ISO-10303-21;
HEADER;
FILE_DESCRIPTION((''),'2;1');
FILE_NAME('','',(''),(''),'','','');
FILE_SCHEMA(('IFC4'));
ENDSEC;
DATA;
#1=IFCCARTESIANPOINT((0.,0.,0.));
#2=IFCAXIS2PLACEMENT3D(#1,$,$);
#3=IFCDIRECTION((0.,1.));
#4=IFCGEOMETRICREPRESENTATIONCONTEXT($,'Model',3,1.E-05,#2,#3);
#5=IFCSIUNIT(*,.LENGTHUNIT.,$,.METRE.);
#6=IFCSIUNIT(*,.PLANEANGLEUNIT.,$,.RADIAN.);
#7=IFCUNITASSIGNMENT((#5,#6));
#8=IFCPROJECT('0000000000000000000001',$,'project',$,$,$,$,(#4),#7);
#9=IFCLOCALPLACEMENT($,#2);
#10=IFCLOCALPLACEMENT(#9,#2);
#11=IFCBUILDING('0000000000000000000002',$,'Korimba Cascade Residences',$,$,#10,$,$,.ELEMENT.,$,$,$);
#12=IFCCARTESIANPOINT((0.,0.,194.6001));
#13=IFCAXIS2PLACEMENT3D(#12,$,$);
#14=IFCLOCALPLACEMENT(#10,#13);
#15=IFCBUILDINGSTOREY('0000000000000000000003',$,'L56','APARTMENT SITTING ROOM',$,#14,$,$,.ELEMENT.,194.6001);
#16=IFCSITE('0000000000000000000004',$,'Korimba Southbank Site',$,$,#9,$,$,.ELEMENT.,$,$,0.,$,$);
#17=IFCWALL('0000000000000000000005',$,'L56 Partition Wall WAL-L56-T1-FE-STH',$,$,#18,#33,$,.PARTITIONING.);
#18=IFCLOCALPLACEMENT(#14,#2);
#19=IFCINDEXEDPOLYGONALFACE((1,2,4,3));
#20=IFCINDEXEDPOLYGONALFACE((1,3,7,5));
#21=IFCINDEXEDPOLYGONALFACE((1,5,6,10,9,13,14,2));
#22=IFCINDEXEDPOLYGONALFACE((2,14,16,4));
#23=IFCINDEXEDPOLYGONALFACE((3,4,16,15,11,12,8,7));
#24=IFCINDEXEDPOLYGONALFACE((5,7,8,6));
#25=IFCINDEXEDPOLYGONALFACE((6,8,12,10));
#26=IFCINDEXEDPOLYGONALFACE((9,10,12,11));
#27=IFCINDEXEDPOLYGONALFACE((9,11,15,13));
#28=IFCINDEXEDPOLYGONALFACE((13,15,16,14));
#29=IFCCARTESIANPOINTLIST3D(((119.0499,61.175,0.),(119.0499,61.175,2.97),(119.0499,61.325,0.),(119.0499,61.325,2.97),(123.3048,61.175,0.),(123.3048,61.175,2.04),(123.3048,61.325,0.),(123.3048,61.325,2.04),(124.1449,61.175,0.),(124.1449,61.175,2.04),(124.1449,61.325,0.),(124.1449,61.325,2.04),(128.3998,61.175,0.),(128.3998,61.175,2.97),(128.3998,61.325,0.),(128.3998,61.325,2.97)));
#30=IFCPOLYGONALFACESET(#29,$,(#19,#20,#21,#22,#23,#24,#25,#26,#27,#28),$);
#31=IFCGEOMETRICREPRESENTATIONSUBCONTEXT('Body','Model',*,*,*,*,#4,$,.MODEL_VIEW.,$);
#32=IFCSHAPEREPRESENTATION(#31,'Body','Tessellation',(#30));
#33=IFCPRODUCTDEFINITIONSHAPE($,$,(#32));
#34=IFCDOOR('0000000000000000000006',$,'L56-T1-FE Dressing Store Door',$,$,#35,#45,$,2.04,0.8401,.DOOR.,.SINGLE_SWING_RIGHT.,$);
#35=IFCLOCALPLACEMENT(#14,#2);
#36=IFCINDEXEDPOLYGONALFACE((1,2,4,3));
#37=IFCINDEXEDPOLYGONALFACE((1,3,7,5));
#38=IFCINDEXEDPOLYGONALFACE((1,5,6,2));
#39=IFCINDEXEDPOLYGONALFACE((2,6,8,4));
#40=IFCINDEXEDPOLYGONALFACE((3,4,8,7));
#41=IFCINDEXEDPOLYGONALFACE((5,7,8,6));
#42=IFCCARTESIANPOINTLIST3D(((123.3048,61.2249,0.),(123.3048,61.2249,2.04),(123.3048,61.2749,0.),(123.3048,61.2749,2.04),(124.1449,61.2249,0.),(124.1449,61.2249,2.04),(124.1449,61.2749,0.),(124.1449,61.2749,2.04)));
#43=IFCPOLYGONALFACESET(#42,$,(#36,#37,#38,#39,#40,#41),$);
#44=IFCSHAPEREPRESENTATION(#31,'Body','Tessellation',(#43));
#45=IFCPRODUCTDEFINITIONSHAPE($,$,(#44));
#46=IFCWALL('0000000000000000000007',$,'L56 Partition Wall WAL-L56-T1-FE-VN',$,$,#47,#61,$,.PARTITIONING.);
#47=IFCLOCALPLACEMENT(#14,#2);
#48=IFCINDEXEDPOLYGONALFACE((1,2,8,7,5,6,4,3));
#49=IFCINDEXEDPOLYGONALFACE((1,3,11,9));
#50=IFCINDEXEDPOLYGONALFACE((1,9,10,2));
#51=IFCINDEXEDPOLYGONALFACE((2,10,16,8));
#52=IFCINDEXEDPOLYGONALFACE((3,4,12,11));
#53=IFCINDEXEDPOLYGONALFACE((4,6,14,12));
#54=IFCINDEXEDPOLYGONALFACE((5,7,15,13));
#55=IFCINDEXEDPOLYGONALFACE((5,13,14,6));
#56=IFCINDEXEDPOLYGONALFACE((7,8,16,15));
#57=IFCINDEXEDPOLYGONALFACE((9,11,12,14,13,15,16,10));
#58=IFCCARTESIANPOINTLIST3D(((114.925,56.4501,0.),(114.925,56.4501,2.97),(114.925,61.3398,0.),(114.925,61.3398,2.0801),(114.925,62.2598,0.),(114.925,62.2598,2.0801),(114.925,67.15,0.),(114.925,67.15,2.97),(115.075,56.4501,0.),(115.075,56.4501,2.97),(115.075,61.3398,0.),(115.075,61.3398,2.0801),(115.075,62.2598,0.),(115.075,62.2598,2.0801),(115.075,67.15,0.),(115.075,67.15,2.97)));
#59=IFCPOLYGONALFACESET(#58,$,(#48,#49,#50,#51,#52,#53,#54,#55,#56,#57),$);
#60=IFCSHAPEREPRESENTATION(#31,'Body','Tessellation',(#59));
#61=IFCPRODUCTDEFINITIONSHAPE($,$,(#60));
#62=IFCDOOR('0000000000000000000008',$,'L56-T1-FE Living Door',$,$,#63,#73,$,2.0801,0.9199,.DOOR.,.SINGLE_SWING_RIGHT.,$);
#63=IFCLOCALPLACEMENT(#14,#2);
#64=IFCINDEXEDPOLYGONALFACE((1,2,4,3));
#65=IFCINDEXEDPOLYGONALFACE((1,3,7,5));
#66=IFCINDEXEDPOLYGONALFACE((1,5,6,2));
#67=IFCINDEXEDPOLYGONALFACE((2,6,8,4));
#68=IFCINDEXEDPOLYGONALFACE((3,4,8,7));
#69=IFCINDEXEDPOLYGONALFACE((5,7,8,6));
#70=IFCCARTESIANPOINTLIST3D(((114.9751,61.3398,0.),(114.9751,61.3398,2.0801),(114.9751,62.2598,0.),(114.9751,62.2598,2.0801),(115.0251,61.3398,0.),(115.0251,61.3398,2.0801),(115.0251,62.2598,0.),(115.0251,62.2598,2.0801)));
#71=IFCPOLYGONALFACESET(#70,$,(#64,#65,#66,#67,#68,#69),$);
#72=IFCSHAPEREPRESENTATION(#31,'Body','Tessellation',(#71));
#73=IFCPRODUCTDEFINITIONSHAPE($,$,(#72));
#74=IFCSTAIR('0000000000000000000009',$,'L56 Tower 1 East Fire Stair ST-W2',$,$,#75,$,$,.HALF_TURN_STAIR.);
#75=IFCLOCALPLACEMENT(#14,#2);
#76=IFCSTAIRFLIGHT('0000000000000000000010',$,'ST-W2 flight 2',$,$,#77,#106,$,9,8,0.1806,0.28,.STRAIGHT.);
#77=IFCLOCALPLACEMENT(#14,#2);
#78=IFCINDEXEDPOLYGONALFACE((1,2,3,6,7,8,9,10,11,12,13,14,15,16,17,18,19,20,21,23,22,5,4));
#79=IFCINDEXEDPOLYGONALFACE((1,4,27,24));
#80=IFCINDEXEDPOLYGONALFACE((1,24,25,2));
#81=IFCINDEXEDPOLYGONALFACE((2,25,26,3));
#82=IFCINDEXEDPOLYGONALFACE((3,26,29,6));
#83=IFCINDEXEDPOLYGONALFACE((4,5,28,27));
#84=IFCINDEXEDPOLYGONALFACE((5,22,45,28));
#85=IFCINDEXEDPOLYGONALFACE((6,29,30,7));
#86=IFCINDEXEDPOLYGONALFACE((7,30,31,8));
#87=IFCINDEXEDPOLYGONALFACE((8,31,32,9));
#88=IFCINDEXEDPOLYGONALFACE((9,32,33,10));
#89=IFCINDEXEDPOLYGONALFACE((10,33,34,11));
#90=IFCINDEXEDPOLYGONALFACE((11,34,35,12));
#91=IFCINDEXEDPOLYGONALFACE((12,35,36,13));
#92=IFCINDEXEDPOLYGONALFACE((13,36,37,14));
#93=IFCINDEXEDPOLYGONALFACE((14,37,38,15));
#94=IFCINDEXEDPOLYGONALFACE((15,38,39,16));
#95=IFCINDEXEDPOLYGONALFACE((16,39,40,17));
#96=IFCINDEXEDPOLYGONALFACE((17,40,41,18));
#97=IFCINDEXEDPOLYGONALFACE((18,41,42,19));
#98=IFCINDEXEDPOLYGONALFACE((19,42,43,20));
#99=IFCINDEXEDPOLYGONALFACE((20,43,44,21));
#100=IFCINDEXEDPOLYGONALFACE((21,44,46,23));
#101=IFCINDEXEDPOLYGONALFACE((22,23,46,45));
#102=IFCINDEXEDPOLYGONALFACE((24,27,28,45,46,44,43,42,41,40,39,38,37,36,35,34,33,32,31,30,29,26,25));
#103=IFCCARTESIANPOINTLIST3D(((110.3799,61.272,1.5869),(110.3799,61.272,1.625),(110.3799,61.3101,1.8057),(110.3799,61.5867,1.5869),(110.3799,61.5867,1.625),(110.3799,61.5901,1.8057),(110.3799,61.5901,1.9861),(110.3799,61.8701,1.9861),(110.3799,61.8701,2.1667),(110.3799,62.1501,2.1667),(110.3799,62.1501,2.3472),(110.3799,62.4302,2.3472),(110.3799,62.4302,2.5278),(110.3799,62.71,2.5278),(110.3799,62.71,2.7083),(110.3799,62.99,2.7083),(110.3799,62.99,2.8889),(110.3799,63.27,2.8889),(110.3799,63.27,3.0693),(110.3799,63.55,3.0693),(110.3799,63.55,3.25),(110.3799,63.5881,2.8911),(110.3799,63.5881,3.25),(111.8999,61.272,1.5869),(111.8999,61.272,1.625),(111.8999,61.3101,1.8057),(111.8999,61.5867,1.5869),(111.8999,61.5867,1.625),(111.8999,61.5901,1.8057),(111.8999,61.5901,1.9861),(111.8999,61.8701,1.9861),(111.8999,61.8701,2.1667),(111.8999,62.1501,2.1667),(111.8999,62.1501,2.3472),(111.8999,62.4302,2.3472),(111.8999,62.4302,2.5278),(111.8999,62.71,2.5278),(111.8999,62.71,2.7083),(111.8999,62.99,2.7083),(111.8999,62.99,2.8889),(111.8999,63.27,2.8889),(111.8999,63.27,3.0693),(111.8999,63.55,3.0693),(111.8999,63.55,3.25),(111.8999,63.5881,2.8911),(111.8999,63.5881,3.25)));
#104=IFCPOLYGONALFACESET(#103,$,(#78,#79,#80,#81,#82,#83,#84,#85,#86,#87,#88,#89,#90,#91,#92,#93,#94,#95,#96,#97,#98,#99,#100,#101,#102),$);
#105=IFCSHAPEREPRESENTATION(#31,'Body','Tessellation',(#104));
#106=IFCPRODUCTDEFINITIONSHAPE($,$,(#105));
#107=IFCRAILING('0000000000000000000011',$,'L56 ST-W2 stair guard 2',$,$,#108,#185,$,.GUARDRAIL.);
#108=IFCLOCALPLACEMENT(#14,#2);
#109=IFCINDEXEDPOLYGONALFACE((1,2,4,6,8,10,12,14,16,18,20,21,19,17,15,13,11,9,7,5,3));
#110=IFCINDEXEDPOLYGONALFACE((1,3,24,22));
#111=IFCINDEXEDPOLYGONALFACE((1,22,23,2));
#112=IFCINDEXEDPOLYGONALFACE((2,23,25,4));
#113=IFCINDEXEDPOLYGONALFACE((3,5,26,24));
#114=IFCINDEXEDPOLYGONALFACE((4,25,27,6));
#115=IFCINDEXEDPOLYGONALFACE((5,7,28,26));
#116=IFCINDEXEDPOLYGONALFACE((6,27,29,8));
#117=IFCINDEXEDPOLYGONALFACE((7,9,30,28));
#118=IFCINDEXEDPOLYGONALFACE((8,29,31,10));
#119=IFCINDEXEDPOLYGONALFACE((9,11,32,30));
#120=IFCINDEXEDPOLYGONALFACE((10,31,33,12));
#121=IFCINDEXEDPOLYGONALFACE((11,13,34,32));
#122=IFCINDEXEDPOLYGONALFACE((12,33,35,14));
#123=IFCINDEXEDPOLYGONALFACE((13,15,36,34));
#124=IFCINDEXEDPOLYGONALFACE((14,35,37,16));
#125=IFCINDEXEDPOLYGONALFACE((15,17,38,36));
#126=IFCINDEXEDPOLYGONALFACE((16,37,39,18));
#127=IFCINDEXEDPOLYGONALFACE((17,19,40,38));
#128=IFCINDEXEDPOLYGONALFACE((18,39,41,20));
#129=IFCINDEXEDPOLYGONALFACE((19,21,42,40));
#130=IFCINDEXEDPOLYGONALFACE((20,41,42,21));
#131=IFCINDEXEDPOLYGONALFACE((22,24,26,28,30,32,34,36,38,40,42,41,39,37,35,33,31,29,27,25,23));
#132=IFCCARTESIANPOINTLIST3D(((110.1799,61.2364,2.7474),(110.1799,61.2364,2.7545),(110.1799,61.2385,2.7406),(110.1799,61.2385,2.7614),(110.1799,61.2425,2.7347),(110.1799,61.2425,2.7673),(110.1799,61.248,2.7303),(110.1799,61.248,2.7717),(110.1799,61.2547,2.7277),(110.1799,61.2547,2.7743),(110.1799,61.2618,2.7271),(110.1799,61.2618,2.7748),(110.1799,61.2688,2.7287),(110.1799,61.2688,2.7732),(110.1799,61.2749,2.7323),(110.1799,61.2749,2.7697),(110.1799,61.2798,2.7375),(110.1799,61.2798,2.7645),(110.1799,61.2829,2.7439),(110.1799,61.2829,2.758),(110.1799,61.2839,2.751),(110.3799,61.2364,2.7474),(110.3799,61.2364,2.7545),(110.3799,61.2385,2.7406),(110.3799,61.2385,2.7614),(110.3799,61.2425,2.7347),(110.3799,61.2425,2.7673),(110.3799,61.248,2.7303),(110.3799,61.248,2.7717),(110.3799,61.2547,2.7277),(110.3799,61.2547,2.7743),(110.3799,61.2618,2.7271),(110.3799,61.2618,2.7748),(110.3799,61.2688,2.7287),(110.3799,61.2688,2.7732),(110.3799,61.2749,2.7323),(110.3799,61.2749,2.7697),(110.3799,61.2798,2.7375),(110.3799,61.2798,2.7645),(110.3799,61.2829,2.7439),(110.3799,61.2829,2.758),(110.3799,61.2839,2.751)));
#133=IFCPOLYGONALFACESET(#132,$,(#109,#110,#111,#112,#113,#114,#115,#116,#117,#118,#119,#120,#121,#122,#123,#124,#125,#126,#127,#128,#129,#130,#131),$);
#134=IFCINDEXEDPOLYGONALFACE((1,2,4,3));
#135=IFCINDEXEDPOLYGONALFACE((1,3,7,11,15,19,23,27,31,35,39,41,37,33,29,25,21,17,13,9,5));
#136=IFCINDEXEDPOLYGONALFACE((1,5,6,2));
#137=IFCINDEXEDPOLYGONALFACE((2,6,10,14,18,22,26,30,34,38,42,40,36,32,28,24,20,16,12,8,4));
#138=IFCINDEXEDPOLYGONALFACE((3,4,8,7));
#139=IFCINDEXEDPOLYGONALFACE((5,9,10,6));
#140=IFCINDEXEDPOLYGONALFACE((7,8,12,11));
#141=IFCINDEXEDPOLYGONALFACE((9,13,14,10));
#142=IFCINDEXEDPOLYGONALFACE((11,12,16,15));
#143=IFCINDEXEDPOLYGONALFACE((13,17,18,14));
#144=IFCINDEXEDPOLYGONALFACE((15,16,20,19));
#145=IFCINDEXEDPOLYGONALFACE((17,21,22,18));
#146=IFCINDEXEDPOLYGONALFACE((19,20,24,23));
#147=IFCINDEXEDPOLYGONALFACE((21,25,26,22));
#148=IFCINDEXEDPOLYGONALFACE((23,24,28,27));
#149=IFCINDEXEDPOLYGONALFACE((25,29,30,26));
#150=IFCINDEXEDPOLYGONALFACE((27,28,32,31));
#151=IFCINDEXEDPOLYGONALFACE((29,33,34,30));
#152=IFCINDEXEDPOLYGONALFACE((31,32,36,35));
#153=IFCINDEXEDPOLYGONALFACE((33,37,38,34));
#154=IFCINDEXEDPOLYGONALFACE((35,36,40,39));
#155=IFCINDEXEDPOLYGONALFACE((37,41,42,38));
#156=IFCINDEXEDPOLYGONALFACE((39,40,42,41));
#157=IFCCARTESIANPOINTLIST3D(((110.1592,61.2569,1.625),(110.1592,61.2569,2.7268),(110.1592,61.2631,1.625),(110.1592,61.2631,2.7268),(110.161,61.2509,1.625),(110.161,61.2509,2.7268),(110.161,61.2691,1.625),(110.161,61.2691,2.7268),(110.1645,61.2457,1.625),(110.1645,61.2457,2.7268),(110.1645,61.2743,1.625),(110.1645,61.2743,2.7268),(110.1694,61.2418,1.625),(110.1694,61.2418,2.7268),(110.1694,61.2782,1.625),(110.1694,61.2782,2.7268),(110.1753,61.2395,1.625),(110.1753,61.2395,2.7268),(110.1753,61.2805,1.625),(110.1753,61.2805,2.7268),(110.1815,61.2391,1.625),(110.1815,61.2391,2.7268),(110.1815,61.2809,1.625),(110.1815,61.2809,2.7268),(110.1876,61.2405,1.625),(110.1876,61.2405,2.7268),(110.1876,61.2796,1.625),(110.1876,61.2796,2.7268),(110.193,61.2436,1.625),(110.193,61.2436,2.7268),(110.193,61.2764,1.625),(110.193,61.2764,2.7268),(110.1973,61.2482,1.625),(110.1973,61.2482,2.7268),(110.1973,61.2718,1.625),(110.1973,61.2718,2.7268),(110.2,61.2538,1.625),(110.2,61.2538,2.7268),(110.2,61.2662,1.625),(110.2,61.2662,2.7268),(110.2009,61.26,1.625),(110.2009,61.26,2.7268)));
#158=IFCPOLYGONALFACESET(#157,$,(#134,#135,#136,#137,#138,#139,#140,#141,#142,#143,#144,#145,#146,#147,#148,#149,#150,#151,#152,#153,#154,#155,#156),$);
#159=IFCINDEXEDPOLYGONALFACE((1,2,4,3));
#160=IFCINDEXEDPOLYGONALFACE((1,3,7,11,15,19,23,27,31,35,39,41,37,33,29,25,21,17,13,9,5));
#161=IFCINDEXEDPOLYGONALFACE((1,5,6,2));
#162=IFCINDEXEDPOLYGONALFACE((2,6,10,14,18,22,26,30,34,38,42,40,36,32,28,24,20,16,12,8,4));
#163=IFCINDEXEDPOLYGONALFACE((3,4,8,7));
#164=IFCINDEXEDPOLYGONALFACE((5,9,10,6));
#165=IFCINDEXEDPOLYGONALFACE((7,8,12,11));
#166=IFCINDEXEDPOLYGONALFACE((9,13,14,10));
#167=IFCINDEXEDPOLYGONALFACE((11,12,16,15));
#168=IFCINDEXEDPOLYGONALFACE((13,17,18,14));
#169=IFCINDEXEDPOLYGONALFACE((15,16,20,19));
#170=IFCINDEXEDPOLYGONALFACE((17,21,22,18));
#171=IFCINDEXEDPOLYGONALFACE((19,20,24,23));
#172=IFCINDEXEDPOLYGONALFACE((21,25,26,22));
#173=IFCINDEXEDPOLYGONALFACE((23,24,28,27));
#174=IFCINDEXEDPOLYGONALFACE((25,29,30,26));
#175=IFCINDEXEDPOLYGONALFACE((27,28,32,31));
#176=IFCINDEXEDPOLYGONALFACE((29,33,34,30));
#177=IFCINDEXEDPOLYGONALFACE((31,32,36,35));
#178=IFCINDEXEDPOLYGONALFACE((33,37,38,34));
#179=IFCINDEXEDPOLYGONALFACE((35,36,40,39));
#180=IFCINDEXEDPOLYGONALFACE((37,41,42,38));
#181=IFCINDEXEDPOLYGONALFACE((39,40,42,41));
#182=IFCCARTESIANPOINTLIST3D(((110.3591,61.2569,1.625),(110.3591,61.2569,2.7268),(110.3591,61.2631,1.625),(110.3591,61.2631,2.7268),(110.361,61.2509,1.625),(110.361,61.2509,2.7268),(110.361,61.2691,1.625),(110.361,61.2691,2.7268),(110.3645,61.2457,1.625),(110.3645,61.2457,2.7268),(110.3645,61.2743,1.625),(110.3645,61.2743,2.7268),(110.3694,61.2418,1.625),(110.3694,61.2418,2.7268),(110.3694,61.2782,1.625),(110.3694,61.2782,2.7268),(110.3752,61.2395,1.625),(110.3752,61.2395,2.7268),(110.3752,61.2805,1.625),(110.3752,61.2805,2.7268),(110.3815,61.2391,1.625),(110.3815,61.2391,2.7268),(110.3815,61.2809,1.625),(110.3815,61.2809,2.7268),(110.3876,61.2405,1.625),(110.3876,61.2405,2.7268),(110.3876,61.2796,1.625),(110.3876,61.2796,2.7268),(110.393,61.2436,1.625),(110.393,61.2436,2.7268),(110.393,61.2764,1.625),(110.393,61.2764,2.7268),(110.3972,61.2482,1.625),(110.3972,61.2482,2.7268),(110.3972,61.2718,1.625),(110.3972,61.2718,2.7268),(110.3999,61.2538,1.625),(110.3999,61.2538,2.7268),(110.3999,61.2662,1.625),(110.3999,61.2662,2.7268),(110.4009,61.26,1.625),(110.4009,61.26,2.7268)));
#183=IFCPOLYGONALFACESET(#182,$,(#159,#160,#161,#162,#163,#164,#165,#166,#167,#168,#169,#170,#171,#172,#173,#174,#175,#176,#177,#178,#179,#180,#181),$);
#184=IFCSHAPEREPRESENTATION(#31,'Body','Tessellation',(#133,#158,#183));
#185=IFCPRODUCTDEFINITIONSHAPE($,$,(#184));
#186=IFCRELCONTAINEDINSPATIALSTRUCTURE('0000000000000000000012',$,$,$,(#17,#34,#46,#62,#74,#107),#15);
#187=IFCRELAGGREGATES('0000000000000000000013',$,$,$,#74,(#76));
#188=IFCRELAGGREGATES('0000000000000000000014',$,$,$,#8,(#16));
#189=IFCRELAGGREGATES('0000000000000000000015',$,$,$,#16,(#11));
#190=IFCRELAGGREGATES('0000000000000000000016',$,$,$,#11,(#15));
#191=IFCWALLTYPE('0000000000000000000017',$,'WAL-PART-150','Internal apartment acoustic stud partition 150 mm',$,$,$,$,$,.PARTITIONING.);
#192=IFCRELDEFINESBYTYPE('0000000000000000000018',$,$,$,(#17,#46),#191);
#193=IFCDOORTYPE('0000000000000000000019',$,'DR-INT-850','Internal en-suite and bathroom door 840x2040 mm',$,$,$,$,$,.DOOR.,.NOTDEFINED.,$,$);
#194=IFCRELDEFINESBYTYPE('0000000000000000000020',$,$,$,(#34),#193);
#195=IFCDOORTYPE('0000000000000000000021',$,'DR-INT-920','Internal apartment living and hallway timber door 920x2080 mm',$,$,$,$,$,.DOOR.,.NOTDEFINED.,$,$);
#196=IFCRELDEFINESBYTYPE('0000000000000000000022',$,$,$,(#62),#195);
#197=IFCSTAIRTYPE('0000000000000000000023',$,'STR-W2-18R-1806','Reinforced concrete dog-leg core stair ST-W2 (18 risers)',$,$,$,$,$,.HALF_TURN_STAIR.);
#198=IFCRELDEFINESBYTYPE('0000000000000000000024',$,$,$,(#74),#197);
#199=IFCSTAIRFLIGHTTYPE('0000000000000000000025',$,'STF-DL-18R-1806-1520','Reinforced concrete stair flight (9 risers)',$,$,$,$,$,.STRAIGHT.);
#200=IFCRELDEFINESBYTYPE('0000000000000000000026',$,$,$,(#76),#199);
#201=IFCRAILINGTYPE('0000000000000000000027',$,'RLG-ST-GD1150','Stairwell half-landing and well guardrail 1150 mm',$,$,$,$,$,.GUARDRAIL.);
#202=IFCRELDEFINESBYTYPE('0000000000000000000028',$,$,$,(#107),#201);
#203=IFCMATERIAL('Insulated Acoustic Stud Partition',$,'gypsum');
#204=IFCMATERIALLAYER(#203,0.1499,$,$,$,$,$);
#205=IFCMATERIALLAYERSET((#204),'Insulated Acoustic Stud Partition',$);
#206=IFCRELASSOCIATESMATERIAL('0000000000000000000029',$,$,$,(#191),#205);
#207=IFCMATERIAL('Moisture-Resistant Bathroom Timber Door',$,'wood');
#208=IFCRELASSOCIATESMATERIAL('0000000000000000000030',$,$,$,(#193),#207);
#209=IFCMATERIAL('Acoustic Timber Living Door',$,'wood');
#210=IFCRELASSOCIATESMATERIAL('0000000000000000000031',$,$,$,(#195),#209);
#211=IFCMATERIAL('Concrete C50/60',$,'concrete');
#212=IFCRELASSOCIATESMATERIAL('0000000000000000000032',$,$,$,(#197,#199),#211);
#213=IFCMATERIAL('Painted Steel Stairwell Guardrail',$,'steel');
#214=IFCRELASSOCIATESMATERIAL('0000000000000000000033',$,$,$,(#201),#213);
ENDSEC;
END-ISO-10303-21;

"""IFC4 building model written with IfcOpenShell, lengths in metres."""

from ifc_helpers import new_model, si_unit, direction, frame, frame_2d, origin, origin_2d, place, context, subcontext, project, spatial, polyline, rectangle, circle, outline, extrude, material, layer, layer_set, type_object, element, fill, aggregate, save


model = new_model("IFC4")

# Units and contexts
model_context = context("Model", 3, precision=1e-05, world=origin(), true_north=direction((0.0, 1.0)))
body_context = subcontext(model_context, "Body", "Model", "MODEL_VIEW")
ifc_project = project(units=[si_unit("LENGTHUNIT", "METRE"), si_unit("PLANEANGLEUNIT", "RADIAN")], contexts=[model_context])

# Site, building, storey
site_placement = place(None, origin())
site = spatial("IfcSite", under=ifc_project, at=site_placement, Name="Korimba Southbank Site", CompositionType="ELEMENT", RefElevation=0.0)
building_placement = place(site_placement, origin())
building = spatial("IfcBuilding", under=site, at=building_placement, Name="Korimba Cascade Residences", CompositionType="ELEMENT")
storey_placement = place(building_placement, frame((0.0, 0.0, 194.6001)))
storey = spatial("IfcBuildingStorey", under=building, at=storey_placement, Name="L56", Description="APARTMENT SITTING ROOM", CompositionType="ELEMENT", Elevation=194.6001)

# Walls, openings, doors
ifc_material_1 = material(Name="Insulated Acoustic Stud Partition", Category="gypsum")
ifc_layer_1 = layer(ifc_material_1, 0.1499)
ifc_layer_set_1 = layer_set([ifc_layer_1], Name="Insulated Acoustic Stud Partition")
wall_type_1 = type_object("IfcWallType", Name="WAL-PART-150", Description="Internal apartment acoustic stud partition 150 mm", PredefinedType="PARTITIONING", material=ifc_layer_set_1)
wall_1_placement = place(storey_placement, frame((119.05, 61.25, 0.0), z_axis=(0.0, 0.0, 1.0), x_axis=(1.0, 0.0, 0.0)))
wall_1 = element("IfcWall", 1, at=wall_1_placement, inside=storey, type_object=wall_type_1, Name="L56 Partition Wall WAL-L56-T1-FE-STH", PredefinedType="PARTITIONING", context=body_context, shape_type="SweptSolid", body=[
    extrude(rectangle(XDim=9.3499, YDim=0.1499, at=frame_2d((4.6748, 0.0))), origin(), (0.0, 0.0, 1.0), 2.97),
])
opening_1_placement = place(wall_1_placement, frame((4.2549, 0.0, 0.0)))
opening_1 = element("IfcOpeningElement", 2, at=opening_1_placement, cuts=wall_1, PredefinedType="OPENING", context=body_context, shape_type="SweptSolid", body=[
    extrude(rectangle(XDim=0.8401, YDim=2.04, at=frame_2d((0.4199, 1.02))), frame((0.0, 0.085, 0.0), z_axis=(0.0, -1.0, 0.0), x_axis=(1.0, 0.0, 0.0)), (0.0, 0.0, 1.0), 0.1699),
])
ifc_material_2 = material(Name="Moisture-Resistant Bathroom Timber Door", Category="wood")
door_type_1 = type_object("IfcDoorType", Name="DR-INT-850", Description="Internal en-suite and bathroom door 840x2040 mm", OperationType="NOTDEFINED", PredefinedType="DOOR", material=ifc_material_2)
door_1_placement = place(opening_1_placement, origin())
door_1 = element("IfcDoor", 3, at=door_1_placement, inside=storey, type_object=door_type_1, Name="L56-T1-FE Dressing Store Door", OperationType="SINGLE_SWING_RIGHT", OverallHeight=2.04, OverallWidth=0.8401, PredefinedType="DOOR", context=body_context, shape_type="SweptSolid", body=[
    extrude(rectangle(XDim=0.8401, YDim=2.04, at=frame_2d((0.4199, 1.02))), frame((0.0, 0.0249, 0.0), z_axis=(0.0, -1.0, 0.0), x_axis=(1.0, 0.0, 0.0)), (0.0, 0.0, 1.0), 0.05),
])
fill(opening_1, door_1)
wall_2_placement = place(storey_placement, frame((115.0, 56.45, 0.0), z_axis=(0.0, 0.0, 1.0), x_axis=(0.0, 1.0, 0.0)))
wall_2 = element("IfcWall", 4, at=wall_2_placement, inside=storey, type_object=wall_type_1, Name="L56 Partition Wall WAL-L56-T1-FE-VN", PredefinedType="PARTITIONING", context=body_context, shape_type="SweptSolid", body=[
    extrude(rectangle(XDim=10.7, YDim=0.1499, at=frame_2d((5.3501, 0.0))), origin(), (0.0, 0.0, 1.0), 2.97),
])
opening_2_placement = place(wall_2_placement, frame((4.8899, 0.0, 0.0)))
opening_2 = element("IfcOpeningElement", 5, at=opening_2_placement, cuts=wall_2, PredefinedType="OPENING", context=body_context, shape_type="SweptSolid", body=[
    extrude(rectangle(XDim=0.9199, YDim=2.0801, at=frame_2d((0.46, 1.04))), frame((0.0, 0.085, 0.0), z_axis=(0.0, -1.0, 0.0), x_axis=(1.0, 0.0, 0.0)), (0.0, 0.0, 1.0), 0.1699),
])
ifc_material_3 = material(Name="Acoustic Timber Living Door", Category="wood")
door_type_2 = type_object("IfcDoorType", Name="DR-INT-920", Description="Internal apartment living and hallway timber door 920x2080 mm", OperationType="NOTDEFINED", PredefinedType="DOOR", material=ifc_material_3)
door_2_placement = place(opening_2_placement, origin())
door_2 = element("IfcDoor", 6, at=door_2_placement, inside=storey, type_object=door_type_2, Name="L56-T1-FE Living Door", OperationType="SINGLE_SWING_RIGHT", OverallHeight=2.0801, OverallWidth=0.9199, PredefinedType="DOOR", context=body_context, shape_type="SweptSolid", body=[
    extrude(rectangle(XDim=0.9199, YDim=2.0801, at=frame_2d((0.46, 1.04))), frame((0.0, 0.0249, 0.0), z_axis=(0.0, -1.0, 0.0), x_axis=(1.0, 0.0, 0.0)), (0.0, 0.0, 1.0), 0.05),
])
fill(opening_2, door_2)

# Stair, stair flight
ifc_material_4 = material(Name="Concrete C50/60", Category="concrete")
stair_type = type_object("IfcStairType", Name="STR-W2-18R-1806", Description="Reinforced concrete dog-leg core stair ST-W2 (18 risers)", PredefinedType="HALF_TURN_STAIR", material=ifc_material_4)
stair_placement = place(storey_placement, origin())
stair = element("IfcStair", 7, at=stair_placement, inside=storey, type_object=stair_type, Name="L56 Tower 1 East Fire Stair ST-W2", PredefinedType="HALF_TURN_STAIR")
stair_flight_type = type_object("IfcStairFlightType", Name="STF-DL-18R-1806-1520", Description="Reinforced concrete stair flight (9 risers)", PredefinedType="STRAIGHT", material=ifc_material_4)
stair_flight_placement = place(storey_placement, frame((111.1399, 61.3101, 1.625), z_axis=(0.0, 0.0, 1.0), x_axis=(0.0, 1.0, 0.0)))
stair_flight = element("IfcStairFlight", 8, at=stair_flight_placement, type_object=stair_flight_type, Name="ST-W2 flight 2", NumberOfRisers=9, NumberOfTreads=8, PredefinedType="STRAIGHT", RiserHeight=0.1806, TreadLength=0.28, context=body_context, shape_type="SweptSolid", body=[
    extrude(outline(polyline([(-0.0381, 0.0), (0.0, 0.1807), (0.28, 0.1807), (0.28, 0.3611), (0.5601, 0.3611), (0.5601, 0.5417), (0.8401, 0.5417), (0.8401, 0.7222), (1.1201, 0.7222), (1.1201, 0.9028), (1.3999, 0.9028), (1.3999, 1.0833), (1.6799, 1.0833), (1.6799, 1.2639), (1.96, 1.2639), (1.96, 1.4443), (2.24, 1.4443), (2.24, 1.625), (2.2781, 1.625), (2.2781, 1.2661), (0.2766, 0.0), (0.2766, -0.0381), (-0.0381, -0.0381), (-0.0381, 0.0)])), frame((0.0, 0.76, 0.0), z_axis=(0.0, -1.0, 0.0), x_axis=(1.0, 0.0, 0.0)), (0.0, 0.0, 1.0), 1.52),
])
aggregate(stair, [stair_flight])

# Railing
ifc_material_5 = material(Name="Painted Steel Stairwell Guardrail", Category="steel")
railing_type_1 = type_object("IfcRailingType", Name="RLG-ST-GD1150", Description="Stairwell half-landing and well guardrail 1150 mm", PredefinedType="GUARDRAIL", material=ifc_material_5)
railing_1_placement = place(storey_placement, frame((110.1799, 61.26, 1.625)))
element("IfcRailing", 9, at=railing_1_placement, inside=storey, type_object=railing_type_1, Name="L56 ST-W2 stair guard 2", PredefinedType="GUARDRAIL", context=body_context, shape_type="SweptSolid", body=[
    extrude(circle(Radius=0.0239, at=origin_2d()), frame((0.0, 0.0, 1.126), z_axis=(1.0, 0.0, 0.0), x_axis=(0.0, 1.0, 0.0)), (0.0, 0.0, 1.0), 0.2),
    extrude(circle(Radius=0.021, at=origin_2d()), origin(), (0.0, 0.0, 1.0), 1.1018),
    extrude(circle(Radius=0.021, at=origin_2d()), frame((0.2, 0.0, 0.0)), (0.0, 0.0, 1.0), 1.1018),
])

save(model, "model.ifc")
